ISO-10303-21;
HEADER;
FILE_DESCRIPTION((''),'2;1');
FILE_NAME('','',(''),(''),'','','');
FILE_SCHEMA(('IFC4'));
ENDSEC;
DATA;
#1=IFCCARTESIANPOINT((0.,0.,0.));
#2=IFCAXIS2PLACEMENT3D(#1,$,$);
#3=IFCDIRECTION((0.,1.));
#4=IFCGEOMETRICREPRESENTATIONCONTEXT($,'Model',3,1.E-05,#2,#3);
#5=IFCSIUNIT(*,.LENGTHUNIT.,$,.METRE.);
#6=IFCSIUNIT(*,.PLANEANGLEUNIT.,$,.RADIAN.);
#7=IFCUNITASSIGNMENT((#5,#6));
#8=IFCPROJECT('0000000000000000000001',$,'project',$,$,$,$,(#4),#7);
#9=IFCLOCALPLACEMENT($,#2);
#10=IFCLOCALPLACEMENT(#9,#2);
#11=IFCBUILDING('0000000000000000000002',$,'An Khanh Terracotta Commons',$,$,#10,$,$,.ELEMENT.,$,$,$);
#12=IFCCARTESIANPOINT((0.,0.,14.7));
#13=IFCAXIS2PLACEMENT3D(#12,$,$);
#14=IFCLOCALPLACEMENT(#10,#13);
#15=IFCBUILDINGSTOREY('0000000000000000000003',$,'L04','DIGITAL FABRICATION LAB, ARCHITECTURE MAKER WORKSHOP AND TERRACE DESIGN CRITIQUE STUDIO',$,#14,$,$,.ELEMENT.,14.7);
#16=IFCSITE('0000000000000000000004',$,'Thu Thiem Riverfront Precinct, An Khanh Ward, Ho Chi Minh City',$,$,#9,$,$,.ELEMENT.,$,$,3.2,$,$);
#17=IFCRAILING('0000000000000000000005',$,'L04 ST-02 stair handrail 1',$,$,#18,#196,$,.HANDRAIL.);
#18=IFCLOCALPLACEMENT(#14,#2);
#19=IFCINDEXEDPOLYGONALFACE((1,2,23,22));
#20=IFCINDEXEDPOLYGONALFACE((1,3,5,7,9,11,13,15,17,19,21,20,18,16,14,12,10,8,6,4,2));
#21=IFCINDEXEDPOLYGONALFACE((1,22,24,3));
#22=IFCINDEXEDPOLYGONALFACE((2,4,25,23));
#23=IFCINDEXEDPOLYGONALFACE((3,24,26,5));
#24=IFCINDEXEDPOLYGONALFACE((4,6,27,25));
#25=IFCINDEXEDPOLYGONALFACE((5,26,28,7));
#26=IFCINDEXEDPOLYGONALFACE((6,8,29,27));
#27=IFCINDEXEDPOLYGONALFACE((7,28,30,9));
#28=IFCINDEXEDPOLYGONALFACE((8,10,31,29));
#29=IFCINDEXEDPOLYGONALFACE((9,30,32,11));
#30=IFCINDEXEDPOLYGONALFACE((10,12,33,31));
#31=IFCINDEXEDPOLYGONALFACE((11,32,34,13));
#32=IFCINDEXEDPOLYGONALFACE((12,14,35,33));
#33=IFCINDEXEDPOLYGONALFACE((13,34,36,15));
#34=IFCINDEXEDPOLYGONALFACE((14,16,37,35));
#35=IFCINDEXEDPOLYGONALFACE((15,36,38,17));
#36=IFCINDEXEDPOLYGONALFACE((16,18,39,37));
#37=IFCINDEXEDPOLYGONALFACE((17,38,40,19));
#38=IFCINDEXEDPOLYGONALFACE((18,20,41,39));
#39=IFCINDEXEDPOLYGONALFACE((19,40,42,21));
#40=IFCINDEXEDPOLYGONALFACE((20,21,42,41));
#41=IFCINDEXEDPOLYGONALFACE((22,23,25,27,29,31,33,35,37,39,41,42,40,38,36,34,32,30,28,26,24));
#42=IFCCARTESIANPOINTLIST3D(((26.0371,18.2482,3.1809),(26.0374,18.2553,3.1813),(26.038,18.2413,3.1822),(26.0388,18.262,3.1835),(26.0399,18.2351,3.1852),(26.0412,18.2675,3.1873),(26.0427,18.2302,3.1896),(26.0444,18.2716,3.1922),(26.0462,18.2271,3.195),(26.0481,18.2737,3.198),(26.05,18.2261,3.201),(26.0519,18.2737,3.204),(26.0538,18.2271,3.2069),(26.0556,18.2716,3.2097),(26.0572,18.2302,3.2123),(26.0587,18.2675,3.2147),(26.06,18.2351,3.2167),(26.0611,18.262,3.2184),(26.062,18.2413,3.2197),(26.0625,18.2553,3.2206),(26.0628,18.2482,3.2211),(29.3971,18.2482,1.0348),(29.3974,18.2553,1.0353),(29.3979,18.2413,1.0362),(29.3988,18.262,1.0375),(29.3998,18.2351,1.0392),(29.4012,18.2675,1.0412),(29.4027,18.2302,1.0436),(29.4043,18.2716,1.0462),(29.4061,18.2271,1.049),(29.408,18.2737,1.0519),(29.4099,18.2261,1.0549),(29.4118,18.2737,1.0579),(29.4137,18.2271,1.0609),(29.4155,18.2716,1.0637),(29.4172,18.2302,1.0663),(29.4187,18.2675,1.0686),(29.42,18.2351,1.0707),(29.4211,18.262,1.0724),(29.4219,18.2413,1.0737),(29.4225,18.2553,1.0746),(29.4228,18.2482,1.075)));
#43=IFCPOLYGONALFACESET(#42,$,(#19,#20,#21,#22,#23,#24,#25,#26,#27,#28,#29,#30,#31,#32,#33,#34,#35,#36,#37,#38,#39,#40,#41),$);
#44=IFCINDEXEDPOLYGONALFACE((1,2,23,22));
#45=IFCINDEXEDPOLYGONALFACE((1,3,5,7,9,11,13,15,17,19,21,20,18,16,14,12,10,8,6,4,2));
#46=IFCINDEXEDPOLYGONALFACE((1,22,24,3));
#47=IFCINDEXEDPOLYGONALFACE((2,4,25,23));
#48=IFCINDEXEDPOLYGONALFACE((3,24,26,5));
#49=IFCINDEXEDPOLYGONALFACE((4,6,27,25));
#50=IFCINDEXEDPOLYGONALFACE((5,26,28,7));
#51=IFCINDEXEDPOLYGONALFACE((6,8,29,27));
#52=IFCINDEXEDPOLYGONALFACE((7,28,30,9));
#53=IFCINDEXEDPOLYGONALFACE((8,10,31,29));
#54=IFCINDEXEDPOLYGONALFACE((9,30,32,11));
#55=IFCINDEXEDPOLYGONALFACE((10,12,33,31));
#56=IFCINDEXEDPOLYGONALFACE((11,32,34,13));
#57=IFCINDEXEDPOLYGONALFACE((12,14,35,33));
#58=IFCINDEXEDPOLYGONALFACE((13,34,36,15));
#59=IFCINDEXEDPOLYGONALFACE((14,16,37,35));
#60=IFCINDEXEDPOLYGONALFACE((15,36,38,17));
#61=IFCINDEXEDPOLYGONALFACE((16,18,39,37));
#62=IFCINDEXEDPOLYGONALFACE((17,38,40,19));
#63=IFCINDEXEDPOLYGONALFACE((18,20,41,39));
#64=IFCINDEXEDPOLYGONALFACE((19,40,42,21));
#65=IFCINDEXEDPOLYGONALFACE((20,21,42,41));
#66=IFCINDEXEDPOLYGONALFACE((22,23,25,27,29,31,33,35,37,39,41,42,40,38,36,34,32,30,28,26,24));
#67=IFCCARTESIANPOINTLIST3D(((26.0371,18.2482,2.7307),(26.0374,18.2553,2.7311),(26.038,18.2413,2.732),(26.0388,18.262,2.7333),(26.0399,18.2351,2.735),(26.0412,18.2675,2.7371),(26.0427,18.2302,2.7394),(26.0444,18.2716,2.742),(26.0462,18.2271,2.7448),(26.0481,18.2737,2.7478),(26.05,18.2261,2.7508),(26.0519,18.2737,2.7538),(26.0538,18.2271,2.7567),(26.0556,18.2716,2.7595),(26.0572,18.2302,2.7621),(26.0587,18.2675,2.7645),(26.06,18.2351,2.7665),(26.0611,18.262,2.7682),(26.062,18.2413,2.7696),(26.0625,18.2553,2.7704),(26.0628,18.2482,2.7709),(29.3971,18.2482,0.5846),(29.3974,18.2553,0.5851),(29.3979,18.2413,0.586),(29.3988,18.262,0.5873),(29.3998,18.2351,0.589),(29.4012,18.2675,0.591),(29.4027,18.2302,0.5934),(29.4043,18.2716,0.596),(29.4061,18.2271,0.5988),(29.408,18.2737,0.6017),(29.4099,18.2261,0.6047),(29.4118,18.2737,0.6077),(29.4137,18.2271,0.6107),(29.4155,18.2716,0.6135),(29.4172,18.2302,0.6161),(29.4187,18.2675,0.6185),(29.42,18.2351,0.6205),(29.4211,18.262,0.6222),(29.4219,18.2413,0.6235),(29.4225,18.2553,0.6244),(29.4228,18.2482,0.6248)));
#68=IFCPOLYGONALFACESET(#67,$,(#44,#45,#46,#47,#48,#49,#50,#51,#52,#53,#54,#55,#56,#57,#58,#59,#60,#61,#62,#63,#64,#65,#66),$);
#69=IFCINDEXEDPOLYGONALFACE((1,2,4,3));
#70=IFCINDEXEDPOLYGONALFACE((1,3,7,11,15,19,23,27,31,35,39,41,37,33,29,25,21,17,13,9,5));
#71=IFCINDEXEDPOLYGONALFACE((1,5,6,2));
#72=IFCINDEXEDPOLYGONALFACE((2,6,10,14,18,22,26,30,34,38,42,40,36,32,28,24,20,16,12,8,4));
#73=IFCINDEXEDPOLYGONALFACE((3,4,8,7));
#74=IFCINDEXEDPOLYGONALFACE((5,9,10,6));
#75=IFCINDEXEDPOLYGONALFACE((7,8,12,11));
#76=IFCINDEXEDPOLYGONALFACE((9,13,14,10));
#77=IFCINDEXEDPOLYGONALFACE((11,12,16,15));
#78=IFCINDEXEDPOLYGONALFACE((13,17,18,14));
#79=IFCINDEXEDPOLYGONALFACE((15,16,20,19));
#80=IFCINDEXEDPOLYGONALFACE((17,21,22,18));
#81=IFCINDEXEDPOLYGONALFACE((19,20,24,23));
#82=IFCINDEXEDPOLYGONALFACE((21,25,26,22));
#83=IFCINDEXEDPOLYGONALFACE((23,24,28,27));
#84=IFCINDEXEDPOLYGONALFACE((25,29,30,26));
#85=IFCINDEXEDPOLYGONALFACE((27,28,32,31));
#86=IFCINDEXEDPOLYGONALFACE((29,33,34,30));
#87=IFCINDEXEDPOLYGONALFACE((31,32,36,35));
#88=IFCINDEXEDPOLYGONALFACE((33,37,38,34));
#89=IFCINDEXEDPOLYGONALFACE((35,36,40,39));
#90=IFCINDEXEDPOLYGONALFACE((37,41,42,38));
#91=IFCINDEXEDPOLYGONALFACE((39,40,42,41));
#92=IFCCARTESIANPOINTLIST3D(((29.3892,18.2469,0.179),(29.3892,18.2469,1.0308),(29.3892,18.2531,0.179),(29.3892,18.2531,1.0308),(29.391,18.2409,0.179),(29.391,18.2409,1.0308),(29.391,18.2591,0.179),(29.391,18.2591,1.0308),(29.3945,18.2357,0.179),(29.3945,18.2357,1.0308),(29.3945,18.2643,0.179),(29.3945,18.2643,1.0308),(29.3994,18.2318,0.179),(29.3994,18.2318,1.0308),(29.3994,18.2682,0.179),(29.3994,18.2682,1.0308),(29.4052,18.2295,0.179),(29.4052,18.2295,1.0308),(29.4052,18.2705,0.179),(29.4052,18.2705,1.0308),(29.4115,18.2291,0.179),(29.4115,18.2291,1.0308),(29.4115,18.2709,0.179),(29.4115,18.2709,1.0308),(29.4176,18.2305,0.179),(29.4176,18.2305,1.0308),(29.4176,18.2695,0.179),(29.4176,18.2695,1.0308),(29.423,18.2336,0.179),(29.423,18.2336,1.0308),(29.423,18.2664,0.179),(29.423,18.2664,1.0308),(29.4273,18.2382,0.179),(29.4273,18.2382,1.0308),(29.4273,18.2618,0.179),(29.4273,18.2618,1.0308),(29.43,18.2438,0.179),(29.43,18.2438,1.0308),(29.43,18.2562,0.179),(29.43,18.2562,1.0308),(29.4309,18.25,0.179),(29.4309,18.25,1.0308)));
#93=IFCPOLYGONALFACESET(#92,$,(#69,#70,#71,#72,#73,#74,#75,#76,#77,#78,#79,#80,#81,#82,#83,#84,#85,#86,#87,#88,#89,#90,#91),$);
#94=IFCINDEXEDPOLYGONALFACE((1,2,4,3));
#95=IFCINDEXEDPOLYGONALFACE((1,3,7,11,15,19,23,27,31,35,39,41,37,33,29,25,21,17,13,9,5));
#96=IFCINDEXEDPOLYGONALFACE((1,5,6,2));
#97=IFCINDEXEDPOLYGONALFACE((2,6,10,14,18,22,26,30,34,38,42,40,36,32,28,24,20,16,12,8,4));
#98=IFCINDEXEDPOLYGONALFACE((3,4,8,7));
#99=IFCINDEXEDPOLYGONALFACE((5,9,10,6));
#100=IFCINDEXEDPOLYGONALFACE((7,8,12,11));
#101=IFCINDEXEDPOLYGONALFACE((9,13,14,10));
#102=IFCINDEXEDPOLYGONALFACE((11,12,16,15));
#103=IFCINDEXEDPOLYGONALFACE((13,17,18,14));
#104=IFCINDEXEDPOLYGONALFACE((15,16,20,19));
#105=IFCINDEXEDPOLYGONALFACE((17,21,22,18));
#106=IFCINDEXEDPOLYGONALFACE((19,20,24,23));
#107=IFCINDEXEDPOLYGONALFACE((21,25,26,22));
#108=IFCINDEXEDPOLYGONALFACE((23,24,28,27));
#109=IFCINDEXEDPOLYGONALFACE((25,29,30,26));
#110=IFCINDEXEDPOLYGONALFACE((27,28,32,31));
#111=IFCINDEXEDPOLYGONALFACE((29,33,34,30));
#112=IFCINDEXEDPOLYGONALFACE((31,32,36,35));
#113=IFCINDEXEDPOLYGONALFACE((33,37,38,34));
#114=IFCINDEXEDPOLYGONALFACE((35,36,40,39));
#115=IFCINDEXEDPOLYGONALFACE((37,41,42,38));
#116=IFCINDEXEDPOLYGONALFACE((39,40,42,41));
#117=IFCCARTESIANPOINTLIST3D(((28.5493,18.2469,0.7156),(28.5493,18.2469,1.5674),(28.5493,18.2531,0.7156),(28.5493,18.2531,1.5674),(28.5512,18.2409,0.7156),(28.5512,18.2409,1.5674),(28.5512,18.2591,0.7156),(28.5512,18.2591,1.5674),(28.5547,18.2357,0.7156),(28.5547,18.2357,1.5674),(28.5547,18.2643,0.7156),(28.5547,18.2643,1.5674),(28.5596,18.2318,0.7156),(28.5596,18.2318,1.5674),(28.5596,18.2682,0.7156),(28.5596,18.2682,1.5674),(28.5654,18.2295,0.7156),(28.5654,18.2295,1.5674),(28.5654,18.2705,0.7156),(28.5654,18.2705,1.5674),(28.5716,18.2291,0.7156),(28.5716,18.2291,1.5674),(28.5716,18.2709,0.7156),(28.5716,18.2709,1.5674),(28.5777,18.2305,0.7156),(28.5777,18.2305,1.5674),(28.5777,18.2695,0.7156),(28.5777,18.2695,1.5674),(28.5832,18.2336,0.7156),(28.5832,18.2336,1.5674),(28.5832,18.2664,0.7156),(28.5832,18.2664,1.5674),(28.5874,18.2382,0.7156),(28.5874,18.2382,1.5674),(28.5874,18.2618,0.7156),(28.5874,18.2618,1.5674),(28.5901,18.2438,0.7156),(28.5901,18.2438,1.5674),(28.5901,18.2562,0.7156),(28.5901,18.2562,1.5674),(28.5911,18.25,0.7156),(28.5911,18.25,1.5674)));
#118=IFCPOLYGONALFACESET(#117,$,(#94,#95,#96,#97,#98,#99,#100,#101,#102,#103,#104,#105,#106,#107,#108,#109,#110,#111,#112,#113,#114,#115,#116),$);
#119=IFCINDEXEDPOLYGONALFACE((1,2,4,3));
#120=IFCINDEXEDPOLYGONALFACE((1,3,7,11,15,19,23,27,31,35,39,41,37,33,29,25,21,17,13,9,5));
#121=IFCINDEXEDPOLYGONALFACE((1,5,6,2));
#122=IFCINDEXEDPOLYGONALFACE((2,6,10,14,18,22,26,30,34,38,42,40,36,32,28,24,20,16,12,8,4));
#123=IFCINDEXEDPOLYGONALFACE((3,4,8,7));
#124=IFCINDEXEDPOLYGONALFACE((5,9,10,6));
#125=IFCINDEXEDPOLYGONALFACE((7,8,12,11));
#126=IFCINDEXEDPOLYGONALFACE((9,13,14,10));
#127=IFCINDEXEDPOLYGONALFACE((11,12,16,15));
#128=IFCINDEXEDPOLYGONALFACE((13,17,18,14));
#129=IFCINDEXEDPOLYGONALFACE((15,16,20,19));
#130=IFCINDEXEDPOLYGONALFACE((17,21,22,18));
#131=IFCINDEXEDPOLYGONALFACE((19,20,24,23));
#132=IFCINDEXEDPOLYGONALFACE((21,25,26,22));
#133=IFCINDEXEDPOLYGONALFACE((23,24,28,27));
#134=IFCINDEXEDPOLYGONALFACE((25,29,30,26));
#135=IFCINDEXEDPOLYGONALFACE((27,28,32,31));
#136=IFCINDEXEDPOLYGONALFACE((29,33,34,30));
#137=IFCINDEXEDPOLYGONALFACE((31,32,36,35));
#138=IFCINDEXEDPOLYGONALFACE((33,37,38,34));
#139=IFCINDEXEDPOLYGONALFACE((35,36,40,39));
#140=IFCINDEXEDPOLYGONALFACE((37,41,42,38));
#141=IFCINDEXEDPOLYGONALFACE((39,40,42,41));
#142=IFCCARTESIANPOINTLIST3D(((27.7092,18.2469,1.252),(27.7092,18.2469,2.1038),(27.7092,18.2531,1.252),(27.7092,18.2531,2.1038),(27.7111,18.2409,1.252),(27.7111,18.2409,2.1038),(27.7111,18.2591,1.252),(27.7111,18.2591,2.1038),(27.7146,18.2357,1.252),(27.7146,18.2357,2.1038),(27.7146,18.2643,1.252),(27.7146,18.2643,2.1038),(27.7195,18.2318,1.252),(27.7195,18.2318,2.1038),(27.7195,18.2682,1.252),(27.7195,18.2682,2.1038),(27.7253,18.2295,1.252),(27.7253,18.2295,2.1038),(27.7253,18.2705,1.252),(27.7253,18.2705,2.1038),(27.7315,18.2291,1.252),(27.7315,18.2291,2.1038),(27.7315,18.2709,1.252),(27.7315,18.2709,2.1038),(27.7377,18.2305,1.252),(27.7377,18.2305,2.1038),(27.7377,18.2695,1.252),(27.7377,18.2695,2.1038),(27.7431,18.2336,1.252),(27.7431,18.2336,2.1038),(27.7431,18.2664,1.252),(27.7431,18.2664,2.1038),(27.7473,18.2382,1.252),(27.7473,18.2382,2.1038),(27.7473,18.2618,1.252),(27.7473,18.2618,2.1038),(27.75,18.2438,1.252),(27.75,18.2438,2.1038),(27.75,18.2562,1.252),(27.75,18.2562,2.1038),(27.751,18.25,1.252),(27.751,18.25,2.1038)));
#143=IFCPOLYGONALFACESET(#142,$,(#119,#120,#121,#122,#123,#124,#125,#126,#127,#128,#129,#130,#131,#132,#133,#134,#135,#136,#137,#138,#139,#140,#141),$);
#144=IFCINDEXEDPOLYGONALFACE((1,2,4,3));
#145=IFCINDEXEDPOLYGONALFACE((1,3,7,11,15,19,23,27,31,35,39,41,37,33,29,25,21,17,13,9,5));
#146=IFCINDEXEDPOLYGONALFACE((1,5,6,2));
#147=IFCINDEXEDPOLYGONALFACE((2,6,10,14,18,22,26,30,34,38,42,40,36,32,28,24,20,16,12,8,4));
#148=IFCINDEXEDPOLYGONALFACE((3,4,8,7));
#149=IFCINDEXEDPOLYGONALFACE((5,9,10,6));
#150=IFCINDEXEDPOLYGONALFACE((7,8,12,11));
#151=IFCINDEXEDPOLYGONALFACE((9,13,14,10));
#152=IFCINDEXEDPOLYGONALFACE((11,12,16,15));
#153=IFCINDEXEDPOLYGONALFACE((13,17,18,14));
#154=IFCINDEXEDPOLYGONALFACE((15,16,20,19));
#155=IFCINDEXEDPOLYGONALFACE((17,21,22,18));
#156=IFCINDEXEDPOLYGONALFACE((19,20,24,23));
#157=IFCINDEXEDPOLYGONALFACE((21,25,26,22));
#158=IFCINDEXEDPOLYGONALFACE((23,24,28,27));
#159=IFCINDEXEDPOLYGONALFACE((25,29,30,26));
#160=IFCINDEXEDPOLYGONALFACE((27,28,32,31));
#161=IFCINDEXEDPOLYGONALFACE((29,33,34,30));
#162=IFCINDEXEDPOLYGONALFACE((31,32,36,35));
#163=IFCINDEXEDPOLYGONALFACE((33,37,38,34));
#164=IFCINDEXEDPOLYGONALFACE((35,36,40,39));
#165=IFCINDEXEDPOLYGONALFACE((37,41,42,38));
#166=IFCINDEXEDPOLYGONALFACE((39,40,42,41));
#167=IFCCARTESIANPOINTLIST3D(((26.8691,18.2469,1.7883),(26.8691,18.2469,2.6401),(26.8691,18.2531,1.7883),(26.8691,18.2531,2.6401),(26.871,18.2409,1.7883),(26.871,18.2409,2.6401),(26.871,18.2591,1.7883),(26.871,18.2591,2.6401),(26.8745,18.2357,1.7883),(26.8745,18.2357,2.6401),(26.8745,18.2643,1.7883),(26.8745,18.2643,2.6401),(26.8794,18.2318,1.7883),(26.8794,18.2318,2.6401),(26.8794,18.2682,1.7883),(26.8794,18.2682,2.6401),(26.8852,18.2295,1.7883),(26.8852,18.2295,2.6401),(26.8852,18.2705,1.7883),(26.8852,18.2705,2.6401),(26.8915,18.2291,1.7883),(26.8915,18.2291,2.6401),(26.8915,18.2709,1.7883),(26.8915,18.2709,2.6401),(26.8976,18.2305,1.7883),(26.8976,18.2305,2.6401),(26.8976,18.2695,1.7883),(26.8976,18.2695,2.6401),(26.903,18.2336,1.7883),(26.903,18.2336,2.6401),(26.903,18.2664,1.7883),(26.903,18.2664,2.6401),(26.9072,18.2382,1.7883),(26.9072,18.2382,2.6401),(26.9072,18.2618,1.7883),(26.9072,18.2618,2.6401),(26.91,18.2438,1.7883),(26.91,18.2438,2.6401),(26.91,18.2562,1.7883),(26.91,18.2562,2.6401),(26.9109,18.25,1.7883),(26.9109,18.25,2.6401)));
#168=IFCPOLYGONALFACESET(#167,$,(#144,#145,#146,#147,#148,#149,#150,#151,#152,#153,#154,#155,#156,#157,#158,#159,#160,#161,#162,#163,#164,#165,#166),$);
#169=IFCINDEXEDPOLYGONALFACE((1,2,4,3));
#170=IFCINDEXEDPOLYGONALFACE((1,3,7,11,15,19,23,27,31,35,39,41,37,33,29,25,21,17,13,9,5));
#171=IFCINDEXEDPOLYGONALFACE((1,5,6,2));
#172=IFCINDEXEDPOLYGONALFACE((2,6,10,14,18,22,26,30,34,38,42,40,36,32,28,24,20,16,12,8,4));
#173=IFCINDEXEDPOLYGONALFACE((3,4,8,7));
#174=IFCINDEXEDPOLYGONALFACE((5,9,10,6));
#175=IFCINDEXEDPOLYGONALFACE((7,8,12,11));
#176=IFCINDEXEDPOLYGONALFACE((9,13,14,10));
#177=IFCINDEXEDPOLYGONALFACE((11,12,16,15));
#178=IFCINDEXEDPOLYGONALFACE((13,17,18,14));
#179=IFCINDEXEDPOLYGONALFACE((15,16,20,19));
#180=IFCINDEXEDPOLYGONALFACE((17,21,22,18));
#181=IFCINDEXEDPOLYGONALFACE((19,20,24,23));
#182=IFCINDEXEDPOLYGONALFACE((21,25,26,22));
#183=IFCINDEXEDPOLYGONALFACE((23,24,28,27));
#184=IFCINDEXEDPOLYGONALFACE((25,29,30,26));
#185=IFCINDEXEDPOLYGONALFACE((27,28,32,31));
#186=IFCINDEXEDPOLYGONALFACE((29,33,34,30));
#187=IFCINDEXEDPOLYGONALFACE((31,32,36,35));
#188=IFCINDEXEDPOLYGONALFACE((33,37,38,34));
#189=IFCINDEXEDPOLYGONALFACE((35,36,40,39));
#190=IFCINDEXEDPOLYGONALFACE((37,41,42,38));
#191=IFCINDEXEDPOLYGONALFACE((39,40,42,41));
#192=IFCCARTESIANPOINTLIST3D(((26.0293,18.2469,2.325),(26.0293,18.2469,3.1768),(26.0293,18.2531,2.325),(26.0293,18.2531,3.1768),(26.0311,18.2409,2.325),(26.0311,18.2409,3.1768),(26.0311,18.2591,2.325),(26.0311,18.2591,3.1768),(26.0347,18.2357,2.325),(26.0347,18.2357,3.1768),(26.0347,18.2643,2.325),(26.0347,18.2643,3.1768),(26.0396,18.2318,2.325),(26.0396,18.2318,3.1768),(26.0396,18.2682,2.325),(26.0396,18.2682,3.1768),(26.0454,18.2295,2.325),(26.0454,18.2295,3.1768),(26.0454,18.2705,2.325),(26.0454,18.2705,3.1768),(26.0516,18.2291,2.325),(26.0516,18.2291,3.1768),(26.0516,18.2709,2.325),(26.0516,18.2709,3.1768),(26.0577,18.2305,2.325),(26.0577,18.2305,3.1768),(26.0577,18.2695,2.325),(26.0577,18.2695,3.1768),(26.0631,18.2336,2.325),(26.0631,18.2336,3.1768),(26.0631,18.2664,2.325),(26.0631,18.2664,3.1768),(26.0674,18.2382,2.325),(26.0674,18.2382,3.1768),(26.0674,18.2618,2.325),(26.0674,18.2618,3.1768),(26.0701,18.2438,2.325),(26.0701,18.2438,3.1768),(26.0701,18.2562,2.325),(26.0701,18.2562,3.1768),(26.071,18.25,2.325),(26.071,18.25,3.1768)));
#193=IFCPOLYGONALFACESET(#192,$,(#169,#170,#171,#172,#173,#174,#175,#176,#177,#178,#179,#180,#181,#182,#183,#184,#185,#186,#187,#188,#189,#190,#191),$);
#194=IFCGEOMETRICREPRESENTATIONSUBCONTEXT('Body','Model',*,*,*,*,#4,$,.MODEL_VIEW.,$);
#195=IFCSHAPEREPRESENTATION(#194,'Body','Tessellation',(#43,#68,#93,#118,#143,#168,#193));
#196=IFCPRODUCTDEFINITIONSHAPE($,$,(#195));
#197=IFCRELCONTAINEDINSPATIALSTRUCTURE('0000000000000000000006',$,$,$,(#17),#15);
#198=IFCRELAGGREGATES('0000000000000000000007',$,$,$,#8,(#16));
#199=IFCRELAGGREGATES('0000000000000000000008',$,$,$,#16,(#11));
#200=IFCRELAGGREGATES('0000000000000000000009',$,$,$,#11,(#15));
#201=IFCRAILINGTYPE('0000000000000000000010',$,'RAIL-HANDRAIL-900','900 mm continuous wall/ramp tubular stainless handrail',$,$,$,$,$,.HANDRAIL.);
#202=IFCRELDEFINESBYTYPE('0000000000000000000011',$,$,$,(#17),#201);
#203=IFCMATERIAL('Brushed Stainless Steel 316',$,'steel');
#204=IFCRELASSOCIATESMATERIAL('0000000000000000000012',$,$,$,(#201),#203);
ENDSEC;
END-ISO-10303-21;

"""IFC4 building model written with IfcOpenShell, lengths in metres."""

from ifc_helpers import new_model, si_unit, direction, frame, origin, origin_2d, place, context, subcontext, project, spatial, circle, extrude, material, type_object, element, save


model = new_model("IFC4")

# Units and contexts
model_context = context("Model", 3, precision=1e-05, world=origin(), true_north=direction((0.0, 1.0)))
body_context = subcontext(model_context, "Body", "Model", "MODEL_VIEW")
ifc_project = project(units=[si_unit("LENGTHUNIT", "METRE"), si_unit("PLANEANGLEUNIT", "RADIAN")], contexts=[model_context])

# Site, building, storey
site_placement = place(None, origin())
site = spatial("IfcSite", under=ifc_project, at=site_placement, Name="Thu Thiem Riverfront Precinct, An Khanh Ward, Ho Chi Minh City", CompositionType="ELEMENT", RefElevation=3.2)
building_placement = place(site_placement, origin())
building = spatial("IfcBuilding", under=site, at=building_placement, Name="An Khanh Terracotta Commons", CompositionType="ELEMENT")
storey_placement = place(building_placement, frame((0.0, 0.0, 14.7)))
storey = spatial("IfcBuildingStorey", under=building, at=storey_placement, Name="L04", Description="DIGITAL FABRICATION LAB, ARCHITECTURE MAKER WORKSHOP AND TERRACE DESIGN CRITIQUE STUDIO", CompositionType="ELEMENT", Elevation=14.7)

# Railing
ifc_material_1 = material(Name="Brushed Stainless Steel 316", Category="steel")
railing_type = type_object("IfcRailingType", Name="RAIL-HANDRAIL-900", Description="900 mm continuous wall/ramp tubular stainless handrail", PredefinedType="HANDRAIL", material=ifc_material_1)
railing_placement = place(storey_placement, frame((29.4099, 18.25, 0.179)))
element("IfcRailing", 1, at=railing_placement, inside=storey, type_object=railing_type, Name="L04 ST-02 stair handrail 1", PredefinedType="HANDRAIL", context=body_context, shape_type="SweptSolid", body=[
    extrude(circle(Radius=0.0239, at=origin_2d()), frame((0.0, 0.0, 0.876), z_axis=(-0.842763, 0.0, 0.538285), x_axis=(0.0, -1.0, 0.0)), (0.0, 0.0, 1.0), 3.9868),
    extrude(circle(Radius=0.0239, at=origin_2d()), frame((0.0, 0.0, 0.4258), z_axis=(-0.842763, 0.0, 0.538285), x_axis=(0.0, -1.0, 0.0)), (0.0, 0.0, 1.0), 3.9868),
    extrude(circle(Radius=0.021, at=origin_2d()), origin(), (0.0, 0.0, 1.0), 0.8518),
    extrude(circle(Radius=0.021, at=origin_2d()), frame((-0.8398, 0.0, 0.5366)), (0.0, 0.0, 1.0), 0.8518),
    extrude(circle(Radius=0.021, at=origin_2d()), frame((-1.6799, 0.0, 1.073)), (0.0, 0.0, 1.0), 0.8518),
    extrude(circle(Radius=0.021, at=origin_2d()), frame((-2.52, 0.0, 1.6094)), (0.0, 0.0, 1.0), 0.8518),
    extrude(circle(Radius=0.021, at=origin_2d()), frame((-3.3599, 0.0, 2.146)), (0.0, 0.0, 1.0), 0.8518),
])

save(model, "model.ifc")
